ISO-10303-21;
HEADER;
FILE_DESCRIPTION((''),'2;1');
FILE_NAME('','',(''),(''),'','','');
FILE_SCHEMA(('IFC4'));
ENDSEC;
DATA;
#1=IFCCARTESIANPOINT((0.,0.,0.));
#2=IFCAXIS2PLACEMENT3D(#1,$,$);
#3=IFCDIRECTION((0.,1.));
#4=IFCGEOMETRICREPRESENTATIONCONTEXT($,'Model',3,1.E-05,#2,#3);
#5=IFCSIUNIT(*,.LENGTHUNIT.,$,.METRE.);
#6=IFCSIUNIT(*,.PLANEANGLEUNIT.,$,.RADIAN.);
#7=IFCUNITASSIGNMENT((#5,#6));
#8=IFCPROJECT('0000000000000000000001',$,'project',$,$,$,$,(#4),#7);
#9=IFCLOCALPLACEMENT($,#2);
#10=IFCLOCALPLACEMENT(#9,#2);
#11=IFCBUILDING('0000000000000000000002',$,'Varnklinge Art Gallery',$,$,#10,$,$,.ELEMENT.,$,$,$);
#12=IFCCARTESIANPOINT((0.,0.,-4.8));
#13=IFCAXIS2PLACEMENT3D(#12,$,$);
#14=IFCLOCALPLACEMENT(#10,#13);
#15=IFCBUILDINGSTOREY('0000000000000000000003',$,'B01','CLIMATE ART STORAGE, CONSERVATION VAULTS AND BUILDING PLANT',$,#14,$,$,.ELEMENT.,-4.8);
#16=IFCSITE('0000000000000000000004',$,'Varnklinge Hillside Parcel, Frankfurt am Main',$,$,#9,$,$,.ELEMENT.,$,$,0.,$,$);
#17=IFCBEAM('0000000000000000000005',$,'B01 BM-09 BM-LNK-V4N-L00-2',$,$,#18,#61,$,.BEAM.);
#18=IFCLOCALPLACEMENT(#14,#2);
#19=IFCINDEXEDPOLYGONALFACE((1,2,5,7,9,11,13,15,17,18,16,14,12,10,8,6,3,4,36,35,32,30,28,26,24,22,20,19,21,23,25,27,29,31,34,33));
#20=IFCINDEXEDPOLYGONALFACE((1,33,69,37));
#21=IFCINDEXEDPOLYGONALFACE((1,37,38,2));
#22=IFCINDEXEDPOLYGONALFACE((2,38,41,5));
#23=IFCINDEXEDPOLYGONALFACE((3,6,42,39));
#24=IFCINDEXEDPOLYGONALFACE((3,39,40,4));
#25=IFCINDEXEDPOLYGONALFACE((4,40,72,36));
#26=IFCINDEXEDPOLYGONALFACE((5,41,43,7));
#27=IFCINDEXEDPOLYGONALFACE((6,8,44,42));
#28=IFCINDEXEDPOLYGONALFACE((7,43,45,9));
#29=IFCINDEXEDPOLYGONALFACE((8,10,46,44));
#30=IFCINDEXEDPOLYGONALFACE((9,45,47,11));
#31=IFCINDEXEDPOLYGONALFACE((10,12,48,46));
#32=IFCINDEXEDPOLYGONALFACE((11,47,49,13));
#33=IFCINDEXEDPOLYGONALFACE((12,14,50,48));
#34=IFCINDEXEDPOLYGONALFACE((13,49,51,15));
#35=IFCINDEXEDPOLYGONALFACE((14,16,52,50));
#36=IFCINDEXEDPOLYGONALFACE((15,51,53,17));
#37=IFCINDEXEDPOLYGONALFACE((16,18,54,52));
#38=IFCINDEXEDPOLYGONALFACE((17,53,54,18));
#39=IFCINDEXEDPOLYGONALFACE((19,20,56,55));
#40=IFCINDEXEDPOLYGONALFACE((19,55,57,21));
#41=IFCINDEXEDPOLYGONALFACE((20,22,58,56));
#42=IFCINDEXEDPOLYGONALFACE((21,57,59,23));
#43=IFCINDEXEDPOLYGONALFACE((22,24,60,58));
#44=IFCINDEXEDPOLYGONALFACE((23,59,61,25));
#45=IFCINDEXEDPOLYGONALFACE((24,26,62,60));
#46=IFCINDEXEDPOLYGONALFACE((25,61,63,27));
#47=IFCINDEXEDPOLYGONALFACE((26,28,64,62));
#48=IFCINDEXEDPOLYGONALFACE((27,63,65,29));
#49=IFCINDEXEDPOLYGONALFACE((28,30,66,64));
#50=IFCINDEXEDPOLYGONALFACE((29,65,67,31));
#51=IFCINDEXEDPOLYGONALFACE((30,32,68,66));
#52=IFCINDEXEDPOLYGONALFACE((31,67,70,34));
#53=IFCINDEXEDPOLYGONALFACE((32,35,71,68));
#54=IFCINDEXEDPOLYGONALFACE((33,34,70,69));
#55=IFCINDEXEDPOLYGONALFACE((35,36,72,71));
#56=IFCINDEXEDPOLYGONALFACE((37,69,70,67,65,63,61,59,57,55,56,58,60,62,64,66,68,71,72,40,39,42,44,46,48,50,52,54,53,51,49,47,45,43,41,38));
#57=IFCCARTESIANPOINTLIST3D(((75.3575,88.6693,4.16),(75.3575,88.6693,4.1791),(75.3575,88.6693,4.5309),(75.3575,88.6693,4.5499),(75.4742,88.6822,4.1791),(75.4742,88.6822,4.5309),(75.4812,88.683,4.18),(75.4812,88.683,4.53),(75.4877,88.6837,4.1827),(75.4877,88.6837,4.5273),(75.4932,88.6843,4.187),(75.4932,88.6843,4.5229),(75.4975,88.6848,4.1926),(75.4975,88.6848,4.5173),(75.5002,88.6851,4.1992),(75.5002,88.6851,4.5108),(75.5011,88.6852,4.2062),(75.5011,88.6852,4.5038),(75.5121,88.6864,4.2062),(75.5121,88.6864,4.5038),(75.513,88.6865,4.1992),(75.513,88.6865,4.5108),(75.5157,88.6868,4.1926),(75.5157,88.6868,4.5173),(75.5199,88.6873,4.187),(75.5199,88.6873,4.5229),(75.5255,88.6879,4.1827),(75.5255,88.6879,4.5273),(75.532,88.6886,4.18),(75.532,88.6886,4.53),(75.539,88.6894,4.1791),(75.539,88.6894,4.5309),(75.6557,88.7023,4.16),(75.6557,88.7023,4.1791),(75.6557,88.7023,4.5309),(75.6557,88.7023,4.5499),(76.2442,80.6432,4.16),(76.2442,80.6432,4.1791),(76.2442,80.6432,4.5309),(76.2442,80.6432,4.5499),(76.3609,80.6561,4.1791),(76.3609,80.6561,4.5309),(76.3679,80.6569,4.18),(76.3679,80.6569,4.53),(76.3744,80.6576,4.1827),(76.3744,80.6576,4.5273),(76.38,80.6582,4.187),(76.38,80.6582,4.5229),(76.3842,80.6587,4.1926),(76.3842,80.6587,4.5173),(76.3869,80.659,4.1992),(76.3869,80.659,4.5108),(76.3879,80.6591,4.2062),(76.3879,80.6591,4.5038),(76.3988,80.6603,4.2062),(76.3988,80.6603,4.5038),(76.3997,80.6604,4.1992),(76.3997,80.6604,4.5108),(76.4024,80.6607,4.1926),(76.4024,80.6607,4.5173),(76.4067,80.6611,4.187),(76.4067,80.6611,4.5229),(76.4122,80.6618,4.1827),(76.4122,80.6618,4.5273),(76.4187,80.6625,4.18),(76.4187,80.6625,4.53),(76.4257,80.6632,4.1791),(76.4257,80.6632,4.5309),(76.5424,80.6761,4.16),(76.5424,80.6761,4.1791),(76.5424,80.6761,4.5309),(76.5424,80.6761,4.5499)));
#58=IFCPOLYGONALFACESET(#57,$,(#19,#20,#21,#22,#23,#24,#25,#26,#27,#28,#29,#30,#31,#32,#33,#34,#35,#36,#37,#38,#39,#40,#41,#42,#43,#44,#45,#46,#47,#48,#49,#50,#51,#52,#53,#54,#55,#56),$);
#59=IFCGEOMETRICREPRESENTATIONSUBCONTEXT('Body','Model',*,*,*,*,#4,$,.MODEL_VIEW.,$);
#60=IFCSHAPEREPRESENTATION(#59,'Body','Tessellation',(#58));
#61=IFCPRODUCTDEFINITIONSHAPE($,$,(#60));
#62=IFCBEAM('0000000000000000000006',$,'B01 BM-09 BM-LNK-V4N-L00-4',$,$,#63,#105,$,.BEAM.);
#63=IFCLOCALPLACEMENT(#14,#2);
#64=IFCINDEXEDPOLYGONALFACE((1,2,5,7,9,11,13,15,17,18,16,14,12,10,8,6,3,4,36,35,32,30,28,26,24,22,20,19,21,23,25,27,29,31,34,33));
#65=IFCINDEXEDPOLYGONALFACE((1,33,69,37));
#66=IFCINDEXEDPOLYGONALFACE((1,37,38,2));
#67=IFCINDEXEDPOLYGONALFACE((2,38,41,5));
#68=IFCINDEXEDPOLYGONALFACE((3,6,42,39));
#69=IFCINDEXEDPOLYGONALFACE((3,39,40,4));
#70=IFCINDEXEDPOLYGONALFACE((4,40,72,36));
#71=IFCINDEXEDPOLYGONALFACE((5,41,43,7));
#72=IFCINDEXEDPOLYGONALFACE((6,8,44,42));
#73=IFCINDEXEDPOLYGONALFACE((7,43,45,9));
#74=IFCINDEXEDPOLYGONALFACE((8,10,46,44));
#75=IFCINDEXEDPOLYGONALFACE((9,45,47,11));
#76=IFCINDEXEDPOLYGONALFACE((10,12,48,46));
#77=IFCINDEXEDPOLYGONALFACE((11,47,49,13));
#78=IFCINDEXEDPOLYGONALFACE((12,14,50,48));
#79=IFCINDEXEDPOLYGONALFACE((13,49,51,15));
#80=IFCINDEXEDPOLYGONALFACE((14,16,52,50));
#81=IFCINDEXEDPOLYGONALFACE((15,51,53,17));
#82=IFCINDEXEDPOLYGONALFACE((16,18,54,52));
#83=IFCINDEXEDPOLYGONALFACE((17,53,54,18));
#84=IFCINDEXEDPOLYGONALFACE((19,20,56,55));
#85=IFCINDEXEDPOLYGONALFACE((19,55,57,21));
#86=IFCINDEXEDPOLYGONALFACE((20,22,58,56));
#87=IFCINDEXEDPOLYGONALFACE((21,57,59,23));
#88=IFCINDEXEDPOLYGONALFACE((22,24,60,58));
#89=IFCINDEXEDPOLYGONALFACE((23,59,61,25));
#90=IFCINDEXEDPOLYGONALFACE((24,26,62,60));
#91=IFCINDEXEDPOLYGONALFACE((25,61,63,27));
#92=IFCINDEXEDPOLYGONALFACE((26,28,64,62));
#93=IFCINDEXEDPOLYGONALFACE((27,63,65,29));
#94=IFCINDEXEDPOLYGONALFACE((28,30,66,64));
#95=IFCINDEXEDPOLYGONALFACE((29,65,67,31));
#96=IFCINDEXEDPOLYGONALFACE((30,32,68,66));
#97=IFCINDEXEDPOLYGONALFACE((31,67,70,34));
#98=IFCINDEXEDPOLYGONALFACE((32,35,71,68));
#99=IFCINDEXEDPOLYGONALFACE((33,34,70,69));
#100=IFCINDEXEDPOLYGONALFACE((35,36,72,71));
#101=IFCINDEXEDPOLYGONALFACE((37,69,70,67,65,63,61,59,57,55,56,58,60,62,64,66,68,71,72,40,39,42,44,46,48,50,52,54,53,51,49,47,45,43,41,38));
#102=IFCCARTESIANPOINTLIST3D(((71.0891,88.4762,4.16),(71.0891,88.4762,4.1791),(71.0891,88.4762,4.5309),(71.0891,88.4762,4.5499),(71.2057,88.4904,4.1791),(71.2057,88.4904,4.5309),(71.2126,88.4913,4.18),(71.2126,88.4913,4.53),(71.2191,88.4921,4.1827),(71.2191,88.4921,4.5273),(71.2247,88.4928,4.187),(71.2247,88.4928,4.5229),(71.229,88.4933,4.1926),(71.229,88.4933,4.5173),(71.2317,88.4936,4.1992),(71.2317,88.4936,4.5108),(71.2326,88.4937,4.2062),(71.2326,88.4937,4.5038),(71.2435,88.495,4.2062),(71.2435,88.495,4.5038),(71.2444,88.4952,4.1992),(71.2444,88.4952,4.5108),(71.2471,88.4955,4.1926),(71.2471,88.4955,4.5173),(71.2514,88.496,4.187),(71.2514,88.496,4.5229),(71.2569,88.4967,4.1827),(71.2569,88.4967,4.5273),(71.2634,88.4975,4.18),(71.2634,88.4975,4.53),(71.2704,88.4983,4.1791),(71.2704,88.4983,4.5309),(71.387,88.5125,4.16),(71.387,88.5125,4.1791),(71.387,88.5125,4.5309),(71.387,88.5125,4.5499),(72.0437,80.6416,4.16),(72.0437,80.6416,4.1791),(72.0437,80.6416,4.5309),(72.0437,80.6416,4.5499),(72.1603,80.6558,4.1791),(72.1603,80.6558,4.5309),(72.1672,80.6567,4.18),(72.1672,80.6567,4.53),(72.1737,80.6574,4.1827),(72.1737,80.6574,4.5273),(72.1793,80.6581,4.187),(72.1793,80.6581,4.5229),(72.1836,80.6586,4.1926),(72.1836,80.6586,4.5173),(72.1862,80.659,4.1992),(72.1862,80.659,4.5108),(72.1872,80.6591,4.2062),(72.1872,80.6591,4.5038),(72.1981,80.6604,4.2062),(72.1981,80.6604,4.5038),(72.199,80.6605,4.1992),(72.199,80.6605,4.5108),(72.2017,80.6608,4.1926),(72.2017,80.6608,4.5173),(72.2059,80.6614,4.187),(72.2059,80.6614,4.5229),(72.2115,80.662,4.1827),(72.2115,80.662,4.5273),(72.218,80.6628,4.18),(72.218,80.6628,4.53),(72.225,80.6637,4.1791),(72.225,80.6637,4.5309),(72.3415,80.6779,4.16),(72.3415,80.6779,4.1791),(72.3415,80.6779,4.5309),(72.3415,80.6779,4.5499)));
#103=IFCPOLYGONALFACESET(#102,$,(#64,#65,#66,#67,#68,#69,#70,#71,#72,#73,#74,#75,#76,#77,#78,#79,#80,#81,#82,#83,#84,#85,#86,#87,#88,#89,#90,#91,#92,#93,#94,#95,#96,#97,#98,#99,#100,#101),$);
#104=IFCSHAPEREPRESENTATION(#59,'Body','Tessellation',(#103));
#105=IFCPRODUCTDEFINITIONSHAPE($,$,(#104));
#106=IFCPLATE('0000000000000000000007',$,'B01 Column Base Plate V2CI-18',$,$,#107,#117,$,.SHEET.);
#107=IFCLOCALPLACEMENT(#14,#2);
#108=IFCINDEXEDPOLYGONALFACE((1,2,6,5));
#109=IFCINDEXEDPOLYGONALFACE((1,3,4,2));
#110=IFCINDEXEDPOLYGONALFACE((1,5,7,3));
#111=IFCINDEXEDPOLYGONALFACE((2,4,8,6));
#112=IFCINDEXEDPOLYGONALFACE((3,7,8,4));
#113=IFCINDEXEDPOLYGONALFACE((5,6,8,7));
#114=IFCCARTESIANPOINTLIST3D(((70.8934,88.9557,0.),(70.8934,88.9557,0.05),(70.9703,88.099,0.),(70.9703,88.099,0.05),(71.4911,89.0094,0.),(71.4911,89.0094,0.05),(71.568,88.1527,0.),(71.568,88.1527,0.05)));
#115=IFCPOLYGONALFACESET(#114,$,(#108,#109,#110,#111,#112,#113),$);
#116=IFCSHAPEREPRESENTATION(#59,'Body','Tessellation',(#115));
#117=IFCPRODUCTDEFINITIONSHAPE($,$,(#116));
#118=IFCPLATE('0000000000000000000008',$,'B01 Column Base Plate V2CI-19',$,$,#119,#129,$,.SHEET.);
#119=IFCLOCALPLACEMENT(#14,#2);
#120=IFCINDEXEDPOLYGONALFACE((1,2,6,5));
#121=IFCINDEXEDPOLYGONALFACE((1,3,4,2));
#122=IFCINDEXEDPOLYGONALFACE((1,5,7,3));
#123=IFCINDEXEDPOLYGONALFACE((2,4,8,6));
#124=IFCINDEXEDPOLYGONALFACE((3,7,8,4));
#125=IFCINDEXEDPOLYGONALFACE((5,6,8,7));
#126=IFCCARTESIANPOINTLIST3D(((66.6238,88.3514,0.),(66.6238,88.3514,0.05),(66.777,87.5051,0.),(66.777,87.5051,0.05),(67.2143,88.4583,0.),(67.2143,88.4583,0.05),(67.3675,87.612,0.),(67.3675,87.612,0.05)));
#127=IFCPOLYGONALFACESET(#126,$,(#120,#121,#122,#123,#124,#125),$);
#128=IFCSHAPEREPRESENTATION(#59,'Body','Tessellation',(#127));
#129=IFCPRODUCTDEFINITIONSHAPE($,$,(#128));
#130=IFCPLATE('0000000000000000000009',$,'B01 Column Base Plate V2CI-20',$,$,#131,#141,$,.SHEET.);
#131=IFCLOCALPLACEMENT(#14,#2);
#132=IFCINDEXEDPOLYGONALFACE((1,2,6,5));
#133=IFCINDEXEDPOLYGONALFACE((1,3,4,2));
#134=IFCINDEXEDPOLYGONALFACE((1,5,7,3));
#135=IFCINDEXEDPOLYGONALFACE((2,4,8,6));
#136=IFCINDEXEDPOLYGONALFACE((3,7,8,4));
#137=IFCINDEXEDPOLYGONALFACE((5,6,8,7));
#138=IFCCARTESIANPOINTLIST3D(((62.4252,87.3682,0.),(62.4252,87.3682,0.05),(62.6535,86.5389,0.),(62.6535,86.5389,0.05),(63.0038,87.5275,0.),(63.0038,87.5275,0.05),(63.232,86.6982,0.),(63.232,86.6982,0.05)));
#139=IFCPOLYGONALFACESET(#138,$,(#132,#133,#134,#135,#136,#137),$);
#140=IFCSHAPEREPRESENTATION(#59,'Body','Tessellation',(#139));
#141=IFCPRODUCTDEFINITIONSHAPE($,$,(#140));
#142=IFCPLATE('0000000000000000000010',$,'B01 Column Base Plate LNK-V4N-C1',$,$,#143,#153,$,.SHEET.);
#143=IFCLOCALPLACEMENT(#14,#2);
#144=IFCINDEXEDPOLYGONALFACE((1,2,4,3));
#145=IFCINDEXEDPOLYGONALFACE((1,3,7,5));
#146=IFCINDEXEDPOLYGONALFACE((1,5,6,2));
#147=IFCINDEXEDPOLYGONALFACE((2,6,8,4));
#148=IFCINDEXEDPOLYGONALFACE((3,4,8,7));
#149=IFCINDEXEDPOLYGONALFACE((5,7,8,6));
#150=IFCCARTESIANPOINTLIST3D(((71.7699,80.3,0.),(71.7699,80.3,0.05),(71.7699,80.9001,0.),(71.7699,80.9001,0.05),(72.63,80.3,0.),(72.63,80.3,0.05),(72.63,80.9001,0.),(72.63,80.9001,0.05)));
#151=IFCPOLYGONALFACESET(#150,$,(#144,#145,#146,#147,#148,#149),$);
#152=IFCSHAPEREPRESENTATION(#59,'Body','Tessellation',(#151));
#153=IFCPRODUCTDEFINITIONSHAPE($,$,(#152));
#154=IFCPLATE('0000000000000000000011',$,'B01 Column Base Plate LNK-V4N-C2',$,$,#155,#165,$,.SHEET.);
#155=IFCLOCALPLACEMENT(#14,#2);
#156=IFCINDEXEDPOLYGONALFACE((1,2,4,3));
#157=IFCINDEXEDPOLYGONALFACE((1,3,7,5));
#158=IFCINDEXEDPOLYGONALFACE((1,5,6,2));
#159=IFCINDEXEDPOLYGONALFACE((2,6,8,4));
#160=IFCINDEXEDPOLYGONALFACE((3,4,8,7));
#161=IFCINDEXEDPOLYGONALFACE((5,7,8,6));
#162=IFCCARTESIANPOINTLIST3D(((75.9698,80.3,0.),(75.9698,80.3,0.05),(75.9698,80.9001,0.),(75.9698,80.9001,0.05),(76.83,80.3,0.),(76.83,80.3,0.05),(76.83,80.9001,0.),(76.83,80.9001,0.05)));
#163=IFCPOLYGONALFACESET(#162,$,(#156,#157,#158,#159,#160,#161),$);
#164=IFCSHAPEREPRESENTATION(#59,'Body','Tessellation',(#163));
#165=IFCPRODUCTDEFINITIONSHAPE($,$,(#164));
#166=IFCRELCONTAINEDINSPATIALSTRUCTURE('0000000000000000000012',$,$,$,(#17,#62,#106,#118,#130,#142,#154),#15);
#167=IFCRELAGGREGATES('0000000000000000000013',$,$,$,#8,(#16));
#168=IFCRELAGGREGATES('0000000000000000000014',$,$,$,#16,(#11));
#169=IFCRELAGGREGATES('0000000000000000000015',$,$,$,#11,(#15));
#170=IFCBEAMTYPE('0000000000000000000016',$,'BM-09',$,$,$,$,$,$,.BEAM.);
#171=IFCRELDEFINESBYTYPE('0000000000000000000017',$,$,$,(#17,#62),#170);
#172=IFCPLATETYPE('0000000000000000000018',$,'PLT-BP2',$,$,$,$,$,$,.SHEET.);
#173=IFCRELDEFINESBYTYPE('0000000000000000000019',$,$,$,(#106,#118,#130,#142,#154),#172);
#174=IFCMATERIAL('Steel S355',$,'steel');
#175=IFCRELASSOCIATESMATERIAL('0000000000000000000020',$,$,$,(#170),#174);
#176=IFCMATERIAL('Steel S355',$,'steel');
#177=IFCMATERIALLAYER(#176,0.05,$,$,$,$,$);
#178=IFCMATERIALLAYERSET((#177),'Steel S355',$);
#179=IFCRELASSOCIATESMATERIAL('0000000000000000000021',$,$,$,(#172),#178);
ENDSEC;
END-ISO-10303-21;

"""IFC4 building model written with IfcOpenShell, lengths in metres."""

from ifc_helpers import new_model, si_unit, direction, frame, origin, origin_2d, place, context, subcontext, project, spatial, rectangle, i_section, extrude, material, layer, layer_set, material_profile, profile_set, type_object, element, save


model = new_model("IFC4")

# Units and contexts
model_context = context("Model", 3, precision=1e-05, world=origin(), true_north=direction((0.0, 1.0)))
body_context = subcontext(model_context, "Body", "Model", "MODEL_VIEW")
ifc_project = project(units=[si_unit("LENGTHUNIT", "METRE"), si_unit("PLANEANGLEUNIT", "RADIAN")], contexts=[model_context])

# Site, building, storey
site_placement = place(None, origin())
site = spatial("IfcSite", under=ifc_project, at=site_placement, Name="Varnklinge Hillside Parcel, Frankfurt am Main", CompositionType="ELEMENT", RefElevation=0.0)
building_placement = place(site_placement, origin())
building = spatial("IfcBuilding", under=site, at=building_placement, Name="Varnklinge Art Gallery", CompositionType="ELEMENT")
storey_placement = place(building_placement, frame((0.0, 0.0, -4.8)))
storey = spatial("IfcBuildingStorey", under=building, at=storey_placement, Name="B01", Description="CLIMATE ART STORAGE, CONSERVATION VAULTS AND BUILDING PLANT", CompositionType="ELEMENT", Elevation=-4.8)

# Beams
ifc_material_1 = material(Name="Steel S355", Category="steel")
ifc_material_profile_1 = material_profile(ifc_material_1, i_section(OverallWidth=0.3, OverallDepth=0.3899, WebThickness=0.011, FlangeThickness=0.019, FilletRadius=0.0271, at=origin_2d()), Name="HEA 400")
ifc_profile_set_1 = profile_set([ifc_material_profile_1], Name="Steel S355")
beam_type_1 = type_object("IfcBeamType", Name="BM-09", PredefinedType="BEAM", material=ifc_profile_set_1)
beam_1_placement = place(storey_placement, frame((76.3933, 80.6597, 4.355), z_axis=(-0.109811, 0.993952, 0.0), x_axis=(-0.993952, -0.109811, 0.0)))
element("IfcBeam", 1, at=beam_1_placement, inside=storey, type_object=beam_type_1, Name="B01 BM-09 BM-LNK-V4N-L00-2", PredefinedType="BEAM", context=body_context, shape_type="SweptSolid", body=[
    extrude(i_section(OverallWidth=0.3, OverallDepth=0.3899, WebThickness=0.011, FlangeThickness=0.019, FilletRadius=0.0271, at=origin_2d()), origin(), (0.0, 0.0, 1.0), 8.075),
])
beam_2_placement = place(storey_placement, frame((71.238, 88.4944, 4.355), z_axis=(0.120947, -0.992659, 0.0), x_axis=(0.992659, 0.120947, 0.0)))
element("IfcBeam", 2, at=beam_2_placement, inside=storey, type_object=beam_type_1, Name="B01 BM-09 BM-LNK-V4N-L00-4", PredefinedType="BEAM", context=body_context, shape_type="SweptSolid", body=[
    extrude(i_section(OverallWidth=0.3, OverallDepth=0.3899, WebThickness=0.011, FlangeThickness=0.019, FilletRadius=0.0271, at=origin_2d()), origin(), (0.0, 0.0, 1.0), 7.8926),
])

# Plates
ifc_material_2 = material(Name="Steel S355", Category="steel")
ifc_layer = layer(ifc_material_2, 0.05)
ifc_layer_set = layer_set([ifc_layer], Name="Steel S355")
plate_type = type_object("IfcPlateType", Name="PLT-BP2", PredefinedType="SHEET", material=ifc_layer_set)
for number, where, z_axis, x_axis, name in (
    (3, (71.2307, 88.5542, 0.0), (0.0, 0.0, 1.0), (0.089416, -0.995994, 0.0), "B01 Column Base Plate V2CI-18"),
    (4, (66.9956, 87.9817, 0.0), (0.0, 0.0, 1.0), (0.178115, -0.98401, 0.0), "B01 Column Base Plate V2CI-19"),
    (5, (62.8286, 87.0332, 0.0), (0.0, 0.0, 1.0), (0.265388, -0.964142, 0.0), "B01 Column Base Plate V2CI-20"),
    (6, (72.2, 80.6001, 0.0), (0.0, 0.0, 1.0), (1.0, 0.0, 0.0), "B01 Column Base Plate LNK-V4N-C1"),
    (7, (76.3999, 80.6001, 0.0), (0.0, 0.0, 1.0), (1.0, 0.0, 0.0), "B01 Column Base Plate LNK-V4N-C2"),
):
    element("IfcPlate", number, at=place(storey_placement, frame(where, z_axis=z_axis, x_axis=x_axis)), inside=storey, type_object=plate_type, Name=name, PredefinedType="SHEET", context=body_context, shape_type="SweptSolid", body=[
        extrude(rectangle(XDim=0.8601, YDim=0.6001, at=origin_2d()), origin(), (0.0, 0.0, 1.0), 0.05),
    ])

save(model, "model.ifc")
